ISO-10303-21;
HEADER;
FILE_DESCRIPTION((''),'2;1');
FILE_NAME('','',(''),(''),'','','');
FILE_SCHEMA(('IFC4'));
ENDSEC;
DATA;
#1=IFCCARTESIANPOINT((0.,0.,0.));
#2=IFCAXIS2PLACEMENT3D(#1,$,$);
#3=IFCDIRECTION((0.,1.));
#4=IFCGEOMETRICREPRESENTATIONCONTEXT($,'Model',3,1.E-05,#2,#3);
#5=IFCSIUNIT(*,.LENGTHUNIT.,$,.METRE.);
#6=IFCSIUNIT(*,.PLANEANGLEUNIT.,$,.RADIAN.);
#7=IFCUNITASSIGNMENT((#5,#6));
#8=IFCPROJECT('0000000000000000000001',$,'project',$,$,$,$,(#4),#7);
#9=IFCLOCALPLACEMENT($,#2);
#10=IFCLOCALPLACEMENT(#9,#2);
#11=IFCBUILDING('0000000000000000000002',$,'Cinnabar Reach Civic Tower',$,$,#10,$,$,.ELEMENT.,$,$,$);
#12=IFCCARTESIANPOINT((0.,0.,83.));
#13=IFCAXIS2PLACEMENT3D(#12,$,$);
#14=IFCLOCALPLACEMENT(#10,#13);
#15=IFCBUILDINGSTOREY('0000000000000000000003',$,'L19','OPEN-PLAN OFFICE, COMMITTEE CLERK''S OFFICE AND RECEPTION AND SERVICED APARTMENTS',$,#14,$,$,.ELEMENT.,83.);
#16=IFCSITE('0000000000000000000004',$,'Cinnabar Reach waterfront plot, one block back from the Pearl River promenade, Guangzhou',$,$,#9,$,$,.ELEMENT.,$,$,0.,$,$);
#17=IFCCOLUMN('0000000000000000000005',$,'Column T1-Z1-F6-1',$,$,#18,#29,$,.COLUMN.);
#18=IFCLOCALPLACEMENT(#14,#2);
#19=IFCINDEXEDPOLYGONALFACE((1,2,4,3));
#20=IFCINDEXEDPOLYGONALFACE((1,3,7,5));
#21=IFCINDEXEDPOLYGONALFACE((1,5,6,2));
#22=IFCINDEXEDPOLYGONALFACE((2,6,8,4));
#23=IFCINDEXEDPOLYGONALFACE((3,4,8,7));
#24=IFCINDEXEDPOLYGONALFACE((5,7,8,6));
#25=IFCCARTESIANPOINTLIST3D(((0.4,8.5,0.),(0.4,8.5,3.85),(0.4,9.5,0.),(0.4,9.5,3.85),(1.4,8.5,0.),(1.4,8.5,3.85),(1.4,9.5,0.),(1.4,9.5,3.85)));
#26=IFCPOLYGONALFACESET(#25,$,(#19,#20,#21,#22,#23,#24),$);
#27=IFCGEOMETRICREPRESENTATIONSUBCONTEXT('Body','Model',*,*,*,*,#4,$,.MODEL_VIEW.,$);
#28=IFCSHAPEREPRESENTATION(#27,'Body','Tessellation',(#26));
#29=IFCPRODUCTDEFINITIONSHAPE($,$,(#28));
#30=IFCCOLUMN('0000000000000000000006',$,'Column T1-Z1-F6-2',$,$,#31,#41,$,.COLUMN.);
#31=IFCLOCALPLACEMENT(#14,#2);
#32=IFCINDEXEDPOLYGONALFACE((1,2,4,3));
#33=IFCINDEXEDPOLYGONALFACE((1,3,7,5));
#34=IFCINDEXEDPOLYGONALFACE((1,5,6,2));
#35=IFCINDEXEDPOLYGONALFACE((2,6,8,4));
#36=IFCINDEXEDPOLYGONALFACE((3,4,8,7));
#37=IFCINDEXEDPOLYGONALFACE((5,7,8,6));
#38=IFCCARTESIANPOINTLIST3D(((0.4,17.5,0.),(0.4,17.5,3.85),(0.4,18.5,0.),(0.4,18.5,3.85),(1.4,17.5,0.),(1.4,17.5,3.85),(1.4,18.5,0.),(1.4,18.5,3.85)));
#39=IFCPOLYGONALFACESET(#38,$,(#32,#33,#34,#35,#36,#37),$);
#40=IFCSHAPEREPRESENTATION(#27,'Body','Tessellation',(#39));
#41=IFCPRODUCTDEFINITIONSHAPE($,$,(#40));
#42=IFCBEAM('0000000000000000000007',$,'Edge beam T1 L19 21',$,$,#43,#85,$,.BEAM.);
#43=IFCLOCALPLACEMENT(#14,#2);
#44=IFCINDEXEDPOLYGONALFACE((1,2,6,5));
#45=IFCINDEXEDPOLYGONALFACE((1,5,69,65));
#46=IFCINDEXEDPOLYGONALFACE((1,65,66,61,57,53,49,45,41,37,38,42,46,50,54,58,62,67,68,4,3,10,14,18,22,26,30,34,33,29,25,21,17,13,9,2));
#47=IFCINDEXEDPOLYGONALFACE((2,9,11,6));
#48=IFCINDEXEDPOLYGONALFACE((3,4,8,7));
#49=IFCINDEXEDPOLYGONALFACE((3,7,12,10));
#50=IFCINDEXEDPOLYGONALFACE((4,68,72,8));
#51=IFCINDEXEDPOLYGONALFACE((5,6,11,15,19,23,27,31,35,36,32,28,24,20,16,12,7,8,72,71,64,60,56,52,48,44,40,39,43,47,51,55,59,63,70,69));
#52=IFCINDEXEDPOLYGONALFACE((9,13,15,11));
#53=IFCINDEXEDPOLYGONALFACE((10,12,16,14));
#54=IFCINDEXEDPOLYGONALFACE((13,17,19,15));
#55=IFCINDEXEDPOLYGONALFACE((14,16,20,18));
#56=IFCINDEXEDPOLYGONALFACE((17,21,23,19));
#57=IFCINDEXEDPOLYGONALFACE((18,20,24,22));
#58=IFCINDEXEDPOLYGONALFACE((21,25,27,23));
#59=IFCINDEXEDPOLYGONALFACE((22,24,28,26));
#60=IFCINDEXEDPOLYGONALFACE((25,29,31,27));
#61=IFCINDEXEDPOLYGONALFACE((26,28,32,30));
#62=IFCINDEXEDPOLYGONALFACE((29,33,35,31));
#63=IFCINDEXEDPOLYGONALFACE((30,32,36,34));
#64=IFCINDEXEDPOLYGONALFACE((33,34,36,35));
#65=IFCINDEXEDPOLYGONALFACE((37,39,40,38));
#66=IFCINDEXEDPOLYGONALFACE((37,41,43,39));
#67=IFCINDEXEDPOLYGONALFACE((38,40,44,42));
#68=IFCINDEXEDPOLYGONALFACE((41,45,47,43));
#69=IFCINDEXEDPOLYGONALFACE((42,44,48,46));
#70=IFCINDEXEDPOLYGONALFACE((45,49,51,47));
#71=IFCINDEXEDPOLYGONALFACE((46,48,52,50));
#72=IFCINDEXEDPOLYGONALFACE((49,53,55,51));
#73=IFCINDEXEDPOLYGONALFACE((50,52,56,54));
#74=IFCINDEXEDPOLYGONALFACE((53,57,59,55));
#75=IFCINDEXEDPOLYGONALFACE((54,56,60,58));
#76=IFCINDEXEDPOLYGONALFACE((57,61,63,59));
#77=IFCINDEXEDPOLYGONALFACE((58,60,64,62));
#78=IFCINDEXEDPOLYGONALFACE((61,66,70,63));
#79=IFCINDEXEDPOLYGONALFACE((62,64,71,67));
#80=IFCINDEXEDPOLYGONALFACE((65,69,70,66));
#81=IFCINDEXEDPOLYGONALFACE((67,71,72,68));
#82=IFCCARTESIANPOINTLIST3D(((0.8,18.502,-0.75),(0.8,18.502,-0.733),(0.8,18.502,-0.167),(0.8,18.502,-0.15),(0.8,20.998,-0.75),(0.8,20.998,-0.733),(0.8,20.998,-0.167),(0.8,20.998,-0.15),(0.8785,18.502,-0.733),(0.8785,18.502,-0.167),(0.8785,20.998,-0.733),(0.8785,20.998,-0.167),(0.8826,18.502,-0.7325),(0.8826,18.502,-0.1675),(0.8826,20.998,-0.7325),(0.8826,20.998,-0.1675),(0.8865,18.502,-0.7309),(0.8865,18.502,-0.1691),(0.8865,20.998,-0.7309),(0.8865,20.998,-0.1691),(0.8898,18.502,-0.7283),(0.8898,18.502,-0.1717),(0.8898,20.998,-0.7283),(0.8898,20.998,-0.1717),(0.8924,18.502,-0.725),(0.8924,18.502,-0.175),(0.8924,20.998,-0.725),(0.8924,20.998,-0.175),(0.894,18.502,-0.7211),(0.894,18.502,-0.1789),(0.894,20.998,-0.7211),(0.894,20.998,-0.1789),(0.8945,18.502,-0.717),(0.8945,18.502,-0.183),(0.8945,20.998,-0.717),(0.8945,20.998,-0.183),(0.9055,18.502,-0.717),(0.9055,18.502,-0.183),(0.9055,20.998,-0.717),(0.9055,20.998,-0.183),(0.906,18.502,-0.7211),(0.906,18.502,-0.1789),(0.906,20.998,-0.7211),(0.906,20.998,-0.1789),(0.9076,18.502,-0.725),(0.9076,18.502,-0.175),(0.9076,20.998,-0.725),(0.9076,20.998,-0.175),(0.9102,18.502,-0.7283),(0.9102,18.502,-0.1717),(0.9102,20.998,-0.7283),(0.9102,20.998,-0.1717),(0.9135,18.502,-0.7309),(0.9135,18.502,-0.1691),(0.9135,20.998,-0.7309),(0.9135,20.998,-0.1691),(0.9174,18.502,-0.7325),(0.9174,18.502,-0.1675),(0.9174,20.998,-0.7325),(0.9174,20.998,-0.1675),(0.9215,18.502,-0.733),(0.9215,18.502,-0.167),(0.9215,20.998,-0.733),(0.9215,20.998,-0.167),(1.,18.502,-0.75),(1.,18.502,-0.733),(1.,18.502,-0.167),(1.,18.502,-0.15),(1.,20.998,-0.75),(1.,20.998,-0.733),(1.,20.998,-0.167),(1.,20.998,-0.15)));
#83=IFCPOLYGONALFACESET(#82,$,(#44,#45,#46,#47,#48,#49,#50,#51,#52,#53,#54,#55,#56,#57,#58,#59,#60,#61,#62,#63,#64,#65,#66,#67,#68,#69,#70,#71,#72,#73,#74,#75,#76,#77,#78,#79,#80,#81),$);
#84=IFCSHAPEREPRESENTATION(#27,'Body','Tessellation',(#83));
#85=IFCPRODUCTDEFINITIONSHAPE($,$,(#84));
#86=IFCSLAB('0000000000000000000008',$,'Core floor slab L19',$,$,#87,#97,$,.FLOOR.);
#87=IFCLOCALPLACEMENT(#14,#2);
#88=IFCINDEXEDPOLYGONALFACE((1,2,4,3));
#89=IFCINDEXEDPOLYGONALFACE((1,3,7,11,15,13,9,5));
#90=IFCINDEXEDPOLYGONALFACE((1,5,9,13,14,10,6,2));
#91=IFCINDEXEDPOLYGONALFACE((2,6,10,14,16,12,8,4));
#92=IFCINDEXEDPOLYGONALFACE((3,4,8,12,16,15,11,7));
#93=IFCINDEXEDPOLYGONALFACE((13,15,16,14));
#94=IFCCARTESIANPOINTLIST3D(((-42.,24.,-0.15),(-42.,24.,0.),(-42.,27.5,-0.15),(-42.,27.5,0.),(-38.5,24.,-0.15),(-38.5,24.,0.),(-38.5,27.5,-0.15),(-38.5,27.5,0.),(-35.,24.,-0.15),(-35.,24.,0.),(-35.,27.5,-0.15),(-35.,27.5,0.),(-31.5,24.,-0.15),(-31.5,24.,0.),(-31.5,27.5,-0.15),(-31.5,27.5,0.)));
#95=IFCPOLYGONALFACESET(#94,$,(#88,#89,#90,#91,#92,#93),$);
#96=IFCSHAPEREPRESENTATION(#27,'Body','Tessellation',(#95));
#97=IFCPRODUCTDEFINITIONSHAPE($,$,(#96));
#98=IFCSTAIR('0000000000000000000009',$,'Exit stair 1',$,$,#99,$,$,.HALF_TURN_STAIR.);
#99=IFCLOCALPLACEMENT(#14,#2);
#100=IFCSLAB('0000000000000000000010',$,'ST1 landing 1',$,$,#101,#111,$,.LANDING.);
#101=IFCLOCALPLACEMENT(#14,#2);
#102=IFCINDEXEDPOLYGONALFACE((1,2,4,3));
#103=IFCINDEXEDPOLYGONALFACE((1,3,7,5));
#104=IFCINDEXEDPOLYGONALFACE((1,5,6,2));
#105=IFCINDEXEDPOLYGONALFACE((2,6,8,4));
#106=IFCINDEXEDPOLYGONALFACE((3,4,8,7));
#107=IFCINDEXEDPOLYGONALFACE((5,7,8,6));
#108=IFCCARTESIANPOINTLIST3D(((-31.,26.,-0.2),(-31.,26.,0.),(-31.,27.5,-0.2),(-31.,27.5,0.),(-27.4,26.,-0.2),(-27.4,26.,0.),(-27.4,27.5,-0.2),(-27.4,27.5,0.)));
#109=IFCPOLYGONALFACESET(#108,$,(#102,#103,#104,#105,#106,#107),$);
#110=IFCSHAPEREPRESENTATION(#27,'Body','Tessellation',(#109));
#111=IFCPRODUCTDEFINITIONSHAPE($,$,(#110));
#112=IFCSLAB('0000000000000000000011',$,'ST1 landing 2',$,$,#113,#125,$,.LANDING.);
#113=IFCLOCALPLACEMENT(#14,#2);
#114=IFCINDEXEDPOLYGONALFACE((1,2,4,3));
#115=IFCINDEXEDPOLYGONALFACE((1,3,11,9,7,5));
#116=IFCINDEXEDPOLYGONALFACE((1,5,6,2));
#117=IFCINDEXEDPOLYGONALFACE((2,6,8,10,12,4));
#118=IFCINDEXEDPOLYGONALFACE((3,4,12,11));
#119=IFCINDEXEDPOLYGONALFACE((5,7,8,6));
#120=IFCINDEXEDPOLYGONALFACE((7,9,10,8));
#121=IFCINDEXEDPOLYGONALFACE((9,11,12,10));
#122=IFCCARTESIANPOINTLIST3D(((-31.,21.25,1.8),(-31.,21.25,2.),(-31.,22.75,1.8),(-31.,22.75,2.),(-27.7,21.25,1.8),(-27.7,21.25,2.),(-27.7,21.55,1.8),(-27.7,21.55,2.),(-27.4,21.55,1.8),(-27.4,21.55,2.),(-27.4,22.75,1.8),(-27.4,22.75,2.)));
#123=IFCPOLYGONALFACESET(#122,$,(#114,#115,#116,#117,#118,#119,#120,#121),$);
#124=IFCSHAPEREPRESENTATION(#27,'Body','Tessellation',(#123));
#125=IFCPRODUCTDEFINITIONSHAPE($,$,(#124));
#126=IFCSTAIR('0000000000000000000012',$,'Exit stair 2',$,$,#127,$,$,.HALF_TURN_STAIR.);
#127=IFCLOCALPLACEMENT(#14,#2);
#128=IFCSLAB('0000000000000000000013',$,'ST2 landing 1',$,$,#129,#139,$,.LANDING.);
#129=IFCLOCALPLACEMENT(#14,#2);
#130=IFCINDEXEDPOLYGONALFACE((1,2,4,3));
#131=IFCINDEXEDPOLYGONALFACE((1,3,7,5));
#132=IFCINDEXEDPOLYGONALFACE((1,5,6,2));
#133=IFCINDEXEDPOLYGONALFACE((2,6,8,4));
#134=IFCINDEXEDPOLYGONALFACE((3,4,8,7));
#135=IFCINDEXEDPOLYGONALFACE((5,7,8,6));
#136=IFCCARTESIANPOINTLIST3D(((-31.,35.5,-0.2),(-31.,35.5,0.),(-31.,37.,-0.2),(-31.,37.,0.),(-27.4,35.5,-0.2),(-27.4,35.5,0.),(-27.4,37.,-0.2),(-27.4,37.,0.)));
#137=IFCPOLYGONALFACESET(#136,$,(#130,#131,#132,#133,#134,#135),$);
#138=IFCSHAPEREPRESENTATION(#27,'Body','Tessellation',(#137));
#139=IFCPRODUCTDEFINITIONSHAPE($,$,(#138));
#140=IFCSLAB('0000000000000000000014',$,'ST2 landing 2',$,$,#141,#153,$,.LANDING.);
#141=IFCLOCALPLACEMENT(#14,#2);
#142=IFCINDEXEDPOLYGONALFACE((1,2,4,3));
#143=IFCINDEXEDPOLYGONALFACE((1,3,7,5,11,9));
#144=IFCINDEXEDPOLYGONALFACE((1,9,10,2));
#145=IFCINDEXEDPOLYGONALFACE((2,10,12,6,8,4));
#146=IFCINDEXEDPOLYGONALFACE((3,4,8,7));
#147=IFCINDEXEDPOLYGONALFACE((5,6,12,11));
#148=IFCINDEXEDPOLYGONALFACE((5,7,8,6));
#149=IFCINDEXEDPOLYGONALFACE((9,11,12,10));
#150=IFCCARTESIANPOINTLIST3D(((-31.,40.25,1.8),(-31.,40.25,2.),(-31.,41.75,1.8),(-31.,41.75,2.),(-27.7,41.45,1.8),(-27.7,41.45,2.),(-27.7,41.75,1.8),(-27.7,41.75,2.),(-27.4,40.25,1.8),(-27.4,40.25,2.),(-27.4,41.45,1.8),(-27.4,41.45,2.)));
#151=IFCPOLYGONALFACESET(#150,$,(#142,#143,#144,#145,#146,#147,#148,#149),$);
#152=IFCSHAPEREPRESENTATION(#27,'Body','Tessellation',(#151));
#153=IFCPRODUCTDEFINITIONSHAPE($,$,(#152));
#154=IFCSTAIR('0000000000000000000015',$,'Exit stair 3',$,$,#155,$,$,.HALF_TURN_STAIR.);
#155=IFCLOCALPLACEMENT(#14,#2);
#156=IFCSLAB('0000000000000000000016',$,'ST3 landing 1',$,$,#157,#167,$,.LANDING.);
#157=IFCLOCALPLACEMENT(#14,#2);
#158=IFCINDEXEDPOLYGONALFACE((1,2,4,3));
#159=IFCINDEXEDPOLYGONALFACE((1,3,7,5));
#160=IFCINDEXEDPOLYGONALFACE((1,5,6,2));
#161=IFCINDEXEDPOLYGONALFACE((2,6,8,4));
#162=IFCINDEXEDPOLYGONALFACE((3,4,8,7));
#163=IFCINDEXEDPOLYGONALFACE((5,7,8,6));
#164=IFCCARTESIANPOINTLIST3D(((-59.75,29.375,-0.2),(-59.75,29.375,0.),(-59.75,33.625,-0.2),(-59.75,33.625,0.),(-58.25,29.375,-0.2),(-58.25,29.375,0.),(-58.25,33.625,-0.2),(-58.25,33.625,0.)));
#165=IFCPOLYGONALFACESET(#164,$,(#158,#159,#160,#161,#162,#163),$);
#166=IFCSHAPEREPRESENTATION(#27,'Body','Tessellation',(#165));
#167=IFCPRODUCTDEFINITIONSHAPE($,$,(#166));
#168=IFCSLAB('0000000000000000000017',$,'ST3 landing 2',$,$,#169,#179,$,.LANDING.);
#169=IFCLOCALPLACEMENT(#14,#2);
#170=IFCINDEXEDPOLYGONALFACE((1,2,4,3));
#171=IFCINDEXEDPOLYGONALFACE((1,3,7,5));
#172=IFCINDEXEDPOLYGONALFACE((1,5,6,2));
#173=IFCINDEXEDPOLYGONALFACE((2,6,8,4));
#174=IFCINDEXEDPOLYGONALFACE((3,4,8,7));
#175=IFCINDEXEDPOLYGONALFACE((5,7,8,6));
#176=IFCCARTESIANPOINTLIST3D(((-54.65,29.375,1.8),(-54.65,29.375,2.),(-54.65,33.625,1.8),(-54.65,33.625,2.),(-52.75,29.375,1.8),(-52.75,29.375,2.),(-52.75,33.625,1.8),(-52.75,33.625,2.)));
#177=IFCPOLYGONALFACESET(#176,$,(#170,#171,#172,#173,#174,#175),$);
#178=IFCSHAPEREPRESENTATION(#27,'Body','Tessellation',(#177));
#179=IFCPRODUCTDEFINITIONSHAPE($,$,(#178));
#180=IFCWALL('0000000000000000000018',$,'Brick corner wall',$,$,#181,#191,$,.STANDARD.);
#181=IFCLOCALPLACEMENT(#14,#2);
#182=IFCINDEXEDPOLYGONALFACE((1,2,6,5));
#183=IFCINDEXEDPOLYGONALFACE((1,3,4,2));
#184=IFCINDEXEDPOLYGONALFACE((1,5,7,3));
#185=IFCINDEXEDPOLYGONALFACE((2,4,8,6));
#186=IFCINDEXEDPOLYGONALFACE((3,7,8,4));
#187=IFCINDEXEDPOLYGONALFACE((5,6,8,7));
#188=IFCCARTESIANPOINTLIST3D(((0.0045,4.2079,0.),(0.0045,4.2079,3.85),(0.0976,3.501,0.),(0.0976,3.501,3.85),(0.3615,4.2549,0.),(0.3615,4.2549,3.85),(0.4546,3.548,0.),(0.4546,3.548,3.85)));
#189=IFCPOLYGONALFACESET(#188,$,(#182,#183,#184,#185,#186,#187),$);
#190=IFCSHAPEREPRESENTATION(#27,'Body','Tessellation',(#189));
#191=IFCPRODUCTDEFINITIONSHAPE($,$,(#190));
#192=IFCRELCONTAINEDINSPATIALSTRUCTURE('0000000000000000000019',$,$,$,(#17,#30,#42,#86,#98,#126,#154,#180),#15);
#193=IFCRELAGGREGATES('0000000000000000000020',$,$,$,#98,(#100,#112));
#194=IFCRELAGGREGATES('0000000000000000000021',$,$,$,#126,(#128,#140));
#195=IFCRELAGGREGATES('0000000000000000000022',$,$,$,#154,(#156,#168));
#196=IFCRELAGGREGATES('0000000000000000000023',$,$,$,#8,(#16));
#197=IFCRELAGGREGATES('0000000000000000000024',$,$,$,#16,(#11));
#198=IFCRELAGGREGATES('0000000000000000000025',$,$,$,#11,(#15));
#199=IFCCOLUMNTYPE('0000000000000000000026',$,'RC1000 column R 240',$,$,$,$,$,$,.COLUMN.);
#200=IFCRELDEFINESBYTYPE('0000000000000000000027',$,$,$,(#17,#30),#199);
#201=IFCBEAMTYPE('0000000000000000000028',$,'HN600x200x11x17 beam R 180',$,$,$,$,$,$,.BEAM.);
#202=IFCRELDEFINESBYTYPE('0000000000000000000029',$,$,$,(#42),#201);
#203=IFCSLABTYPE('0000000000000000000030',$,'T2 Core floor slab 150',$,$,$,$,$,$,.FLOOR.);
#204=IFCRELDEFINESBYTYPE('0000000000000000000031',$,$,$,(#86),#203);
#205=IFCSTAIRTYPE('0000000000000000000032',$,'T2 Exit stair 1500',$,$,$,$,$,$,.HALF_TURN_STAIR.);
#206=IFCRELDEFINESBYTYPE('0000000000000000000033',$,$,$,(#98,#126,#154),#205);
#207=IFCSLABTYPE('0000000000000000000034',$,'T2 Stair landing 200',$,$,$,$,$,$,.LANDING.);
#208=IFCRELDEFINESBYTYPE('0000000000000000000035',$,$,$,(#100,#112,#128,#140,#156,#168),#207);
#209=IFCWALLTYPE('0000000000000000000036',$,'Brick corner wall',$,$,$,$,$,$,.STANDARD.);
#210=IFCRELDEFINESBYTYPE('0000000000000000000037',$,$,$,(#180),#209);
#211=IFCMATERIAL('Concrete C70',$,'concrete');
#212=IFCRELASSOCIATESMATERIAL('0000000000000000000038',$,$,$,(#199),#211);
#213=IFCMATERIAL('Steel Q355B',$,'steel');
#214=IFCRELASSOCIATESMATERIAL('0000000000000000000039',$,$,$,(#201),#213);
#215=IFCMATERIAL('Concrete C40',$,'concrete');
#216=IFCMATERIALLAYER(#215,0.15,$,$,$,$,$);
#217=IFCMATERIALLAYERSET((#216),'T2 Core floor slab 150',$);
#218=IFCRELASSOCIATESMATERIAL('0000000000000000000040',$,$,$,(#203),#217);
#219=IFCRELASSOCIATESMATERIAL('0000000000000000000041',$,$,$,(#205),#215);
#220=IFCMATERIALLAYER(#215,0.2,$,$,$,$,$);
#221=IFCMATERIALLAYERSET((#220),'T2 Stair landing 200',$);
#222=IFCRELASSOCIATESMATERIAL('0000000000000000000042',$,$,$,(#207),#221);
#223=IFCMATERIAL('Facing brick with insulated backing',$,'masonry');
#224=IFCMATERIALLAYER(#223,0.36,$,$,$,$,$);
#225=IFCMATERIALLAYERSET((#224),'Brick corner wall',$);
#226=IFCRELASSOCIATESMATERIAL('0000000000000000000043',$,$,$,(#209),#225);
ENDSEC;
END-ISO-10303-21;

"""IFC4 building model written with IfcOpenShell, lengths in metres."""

from ifc_helpers import new_model, si_unit, direction, frame, frame_2d, origin, origin_2d, place, context, subcontext, project, spatial, polyline, rectangle, i_section, outline, extrude, material, layer, layer_set, material_profile, profile_set, type_object, element, aggregate, save


model = new_model("IFC4")

# Units and contexts
model_context = context("Model", 3, precision=1e-05, world=origin(), true_north=direction((0.0, 1.0)))
body_context = subcontext(model_context, "Body", "Model", "MODEL_VIEW")
ifc_project = project(units=[si_unit("LENGTHUNIT", "METRE"), si_unit("PLANEANGLEUNIT", "RADIAN")], contexts=[model_context])

# Site, building, storey
site_placement = place(None, origin())
site = spatial("IfcSite", under=ifc_project, at=site_placement, Name="Cinnabar Reach waterfront plot, one block back from the Pearl River promenade, Guangzhou", CompositionType="ELEMENT", RefElevation=0.0)
building_placement = place(site_placement, origin())
building = spatial("IfcBuilding", under=site, at=building_placement, Name="Cinnabar Reach Civic Tower", CompositionType="ELEMENT")
storey_placement = place(building_placement, frame((0.0, 0.0, 83.0)))
storey = spatial("IfcBuildingStorey", under=building, at=storey_placement, Name="L19", Description="OPEN-PLAN OFFICE, COMMITTEE CLERK'S OFFICE AND RECEPTION AND SERVICED APARTMENTS", CompositionType="ELEMENT", Elevation=83.0)

# Columns
ifc_material_1 = material(Name="Concrete C70", Category="concrete")
ifc_material_profile_1 = material_profile(ifc_material_1, rectangle(XDim=1.0, YDim=1.0, at=origin_2d()), Name="RC1000")
ifc_profile_set_1 = profile_set([ifc_material_profile_1], Name="Concrete C70")
column_type = type_object("IfcColumnType", Name="RC1000 column R 240", PredefinedType="COLUMN", material=ifc_profile_set_1)
for number, where, z_axis, x_axis, name in (
    (1, (0.9, 9.0, 0.0), (0.0, 0.0, 1.0), (1.0, 0.0, 0.0), "Column T1-Z1-F6-1"),
    (2, (0.9, 18.0, 0.0), (0.0, 0.0, 1.0), (1.0, 0.0, 0.0), "Column T1-Z1-F6-2"),
):
    element("IfcColumn", number, at=place(storey_placement, frame(where, z_axis=z_axis, x_axis=x_axis)), inside=storey, type_object=column_type, Name=name, PredefinedType="COLUMN", context=body_context, shape_type="SweptSolid", body=[
        extrude(rectangle(XDim=1.0, YDim=1.0, at=origin_2d()), origin(), (0.0, 0.0, 1.0), 3.85),
    ])

# Beam
ifc_material_2 = material(Name="Steel Q355B", Category="steel")
ifc_material_profile_2 = material_profile(ifc_material_2, i_section(OverallWidth=0.2, OverallDepth=0.6, WebThickness=0.011, FlangeThickness=0.017, FilletRadius=0.016, at=origin_2d()), Name="HN600x200x11x17")
ifc_profile_set_2 = profile_set([ifc_material_profile_2], Name="Steel Q355B")
beam_type = type_object("IfcBeamType", Name="HN600x200x11x17 beam R 180", PredefinedType="BEAM", material=ifc_profile_set_2)
beam_placement = place(storey_placement, frame((0.9, 20.998, -0.45), z_axis=(0.0, -1.0, 0.0), x_axis=(1.0, 0.0, 0.0)))
element("IfcBeam", 3, at=beam_placement, inside=storey, type_object=beam_type, Name="Edge beam T1 L19 21", PredefinedType="BEAM", context=body_context, shape_type="SweptSolid", body=[
    extrude(i_section(OverallWidth=0.2, OverallDepth=0.6, WebThickness=0.011, FlangeThickness=0.017, FilletRadius=0.016, at=origin_2d()), origin(), (0.0, 0.0, 1.0), 2.496),
])

# Slab
ifc_material_3 = material(Name="Concrete C40", Category="concrete")
ifc_layer_1 = layer(ifc_material_3, 0.15)
ifc_layer_set_1 = layer_set([ifc_layer_1], Name="T2 Core floor slab 150")
slab_type_1 = type_object("IfcSlabType", Name="T2 Core floor slab 150", PredefinedType="FLOOR", material=ifc_layer_set_1)
slab_1_placement = place(storey_placement, frame((0.0, 0.0, -0.15)))
element("IfcSlab", 4, at=slab_1_placement, inside=storey, type_object=slab_type_1, Name="Core floor slab L19", PredefinedType="FLOOR", context=body_context, shape_type="SweptSolid", body=[
    extrude(outline(polyline([(-35.0, 24.0), (-38.5, 24.0), (-42.0, 24.0), (-42.0, 27.5), (-38.5, 27.5), (-35.0, 27.5), (-31.5, 27.5), (-31.5, 24.0), (-35.0, 24.0)])), origin(), (0.0, 0.0, 1.0), 0.15),
])

# Stairs, slabs
stair_type = type_object("IfcStairType", Name="T2 Exit stair 1500", PredefinedType="HALF_TURN_STAIR", material=ifc_material_3)
stair_1_placement = place(storey_placement, origin())
stair_1 = element("IfcStair", 5, at=stair_1_placement, inside=storey, type_object=stair_type, Name="Exit stair 1", PredefinedType="HALF_TURN_STAIR")
ifc_layer_2 = layer(ifc_material_3, 0.2)
ifc_layer_set_2 = layer_set([ifc_layer_2], Name="T2 Stair landing 200")
slab_type_2 = type_object("IfcSlabType", Name="T2 Stair landing 200", PredefinedType="LANDING", material=ifc_layer_set_2)
slab_2_placement = place(storey_placement, frame((0.0, 0.0, -0.2)))
slab_2 = element("IfcSlab", 6, at=slab_2_placement, type_object=slab_type_2, Name="ST1 landing 1", PredefinedType="LANDING", context=body_context, shape_type="SweptSolid", body=[
    extrude(outline(polyline([(-31.0, 26.0), (-31.0, 27.5), (-27.4, 27.5), (-27.4, 26.0), (-31.0, 26.0)])), origin(), (0.0, 0.0, 1.0), 0.2),
])
slab_3_placement = place(storey_placement, frame((0.0, 0.0, 1.8)))
slab_3 = element("IfcSlab", 7, at=slab_3_placement, type_object=slab_type_2, Name="ST1 landing 2", PredefinedType="LANDING", context=body_context, shape_type="SweptSolid", body=[
    extrude(outline(polyline([(-31.0, 21.25), (-31.0, 22.75), (-27.4, 22.75), (-27.4, 21.55), (-27.7, 21.55), (-27.7, 21.25), (-31.0, 21.25)])), origin(), (0.0, 0.0, 1.0), 0.2),
])
aggregate(stair_1, [slab_2, slab_3])
stair_2_placement = place(storey_placement, origin())
stair_2 = element("IfcStair", 8, at=stair_2_placement, inside=storey, type_object=stair_type, Name="Exit stair 2", PredefinedType="HALF_TURN_STAIR")
slab_4_placement = place(storey_placement, frame((0.0, 0.0, -0.2)))
slab_4 = element("IfcSlab", 9, at=slab_4_placement, type_object=slab_type_2, Name="ST2 landing 1", PredefinedType="LANDING", context=body_context, shape_type="SweptSolid", body=[
    extrude(outline(polyline([(-31.0, 35.5), (-31.0, 37.0), (-27.4, 37.0), (-27.4, 35.5), (-31.0, 35.5)])), origin(), (0.0, 0.0, 1.0), 0.2),
])
slab_5_placement = place(storey_placement, frame((0.0, 0.0, 1.8)))
slab_5 = element("IfcSlab", 10, at=slab_5_placement, type_object=slab_type_2, Name="ST2 landing 2", PredefinedType="LANDING", context=body_context, shape_type="SweptSolid", body=[
    extrude(outline(polyline([(-27.4, 40.25), (-31.0, 40.25), (-31.0, 41.75), (-27.7, 41.75), (-27.7, 41.45), (-27.4, 41.45), (-27.4, 40.25)])), origin(), (0.0, 0.0, 1.0), 0.2),
])
aggregate(stair_2, [slab_4, slab_5])
stair_3_placement = place(storey_placement, origin())
stair_3 = element("IfcStair", 11, at=stair_3_placement, inside=storey, type_object=stair_type, Name="Exit stair 3", PredefinedType="HALF_TURN_STAIR")
slab_6_placement = place(storey_placement, frame((0.0, 0.0, -0.2)))
slab_6 = element("IfcSlab", 12, at=slab_6_placement, type_object=slab_type_2, Name="ST3 landing 1", PredefinedType="LANDING", context=body_context, shape_type="SweptSolid", body=[
    extrude(outline(polyline([(-59.75, 29.375), (-59.75, 33.625), (-58.25, 33.625), (-58.25, 29.375), (-59.75, 29.375)])), origin(), (0.0, 0.0, 1.0), 0.2),
])
slab_7_placement = place(storey_placement, frame((0.0, 0.0, 1.8)))
slab_7 = element("IfcSlab", 13, at=slab_7_placement, type_object=slab_type_2, Name="ST3 landing 2", PredefinedType="LANDING", context=body_context, shape_type="SweptSolid", body=[
    extrude(outline(polyline([(-54.65, 29.375), (-54.65, 33.625), (-52.75, 33.625), (-52.75, 29.375), (-54.65, 29.375)])), origin(), (0.0, 0.0, 1.0), 0.2),
])
aggregate(stair_3, [slab_6, slab_7])

# Wall
ifc_material_4 = material(Name="Facing brick with insulated backing", Category="masonry")
ifc_layer_3 = layer(ifc_material_4, 0.36)
ifc_layer_set_3 = layer_set([ifc_layer_3], Name="Brick corner wall")
wall_type_1 = type_object("IfcWallType", Name="Brick corner wall", PredefinedType="STANDARD", material=ifc_layer_set_3)
for number, where, z_axis, x_axis, name in (
    (14, (0.183, 4.2314, 0.0), (0.0, 0.0, 1.0), (0.130556, -0.991441, 0.0), "Brick corner wall"),
):
    element("IfcWall", number, at=place(storey_placement, frame(where, z_axis=z_axis, x_axis=x_axis)), inside=storey, type_object=wall_type_1, Name=name, PredefinedType="STANDARD", context=body_context, shape_type="SweptSolid", body=[
        extrude(rectangle(XDim=0.7131, YDim=0.36, at=frame_2d((0.3565, 0.0))), origin(), (0.0, 0.0, 1.0), 3.85),
    ])

save(model, "model.ifc")
